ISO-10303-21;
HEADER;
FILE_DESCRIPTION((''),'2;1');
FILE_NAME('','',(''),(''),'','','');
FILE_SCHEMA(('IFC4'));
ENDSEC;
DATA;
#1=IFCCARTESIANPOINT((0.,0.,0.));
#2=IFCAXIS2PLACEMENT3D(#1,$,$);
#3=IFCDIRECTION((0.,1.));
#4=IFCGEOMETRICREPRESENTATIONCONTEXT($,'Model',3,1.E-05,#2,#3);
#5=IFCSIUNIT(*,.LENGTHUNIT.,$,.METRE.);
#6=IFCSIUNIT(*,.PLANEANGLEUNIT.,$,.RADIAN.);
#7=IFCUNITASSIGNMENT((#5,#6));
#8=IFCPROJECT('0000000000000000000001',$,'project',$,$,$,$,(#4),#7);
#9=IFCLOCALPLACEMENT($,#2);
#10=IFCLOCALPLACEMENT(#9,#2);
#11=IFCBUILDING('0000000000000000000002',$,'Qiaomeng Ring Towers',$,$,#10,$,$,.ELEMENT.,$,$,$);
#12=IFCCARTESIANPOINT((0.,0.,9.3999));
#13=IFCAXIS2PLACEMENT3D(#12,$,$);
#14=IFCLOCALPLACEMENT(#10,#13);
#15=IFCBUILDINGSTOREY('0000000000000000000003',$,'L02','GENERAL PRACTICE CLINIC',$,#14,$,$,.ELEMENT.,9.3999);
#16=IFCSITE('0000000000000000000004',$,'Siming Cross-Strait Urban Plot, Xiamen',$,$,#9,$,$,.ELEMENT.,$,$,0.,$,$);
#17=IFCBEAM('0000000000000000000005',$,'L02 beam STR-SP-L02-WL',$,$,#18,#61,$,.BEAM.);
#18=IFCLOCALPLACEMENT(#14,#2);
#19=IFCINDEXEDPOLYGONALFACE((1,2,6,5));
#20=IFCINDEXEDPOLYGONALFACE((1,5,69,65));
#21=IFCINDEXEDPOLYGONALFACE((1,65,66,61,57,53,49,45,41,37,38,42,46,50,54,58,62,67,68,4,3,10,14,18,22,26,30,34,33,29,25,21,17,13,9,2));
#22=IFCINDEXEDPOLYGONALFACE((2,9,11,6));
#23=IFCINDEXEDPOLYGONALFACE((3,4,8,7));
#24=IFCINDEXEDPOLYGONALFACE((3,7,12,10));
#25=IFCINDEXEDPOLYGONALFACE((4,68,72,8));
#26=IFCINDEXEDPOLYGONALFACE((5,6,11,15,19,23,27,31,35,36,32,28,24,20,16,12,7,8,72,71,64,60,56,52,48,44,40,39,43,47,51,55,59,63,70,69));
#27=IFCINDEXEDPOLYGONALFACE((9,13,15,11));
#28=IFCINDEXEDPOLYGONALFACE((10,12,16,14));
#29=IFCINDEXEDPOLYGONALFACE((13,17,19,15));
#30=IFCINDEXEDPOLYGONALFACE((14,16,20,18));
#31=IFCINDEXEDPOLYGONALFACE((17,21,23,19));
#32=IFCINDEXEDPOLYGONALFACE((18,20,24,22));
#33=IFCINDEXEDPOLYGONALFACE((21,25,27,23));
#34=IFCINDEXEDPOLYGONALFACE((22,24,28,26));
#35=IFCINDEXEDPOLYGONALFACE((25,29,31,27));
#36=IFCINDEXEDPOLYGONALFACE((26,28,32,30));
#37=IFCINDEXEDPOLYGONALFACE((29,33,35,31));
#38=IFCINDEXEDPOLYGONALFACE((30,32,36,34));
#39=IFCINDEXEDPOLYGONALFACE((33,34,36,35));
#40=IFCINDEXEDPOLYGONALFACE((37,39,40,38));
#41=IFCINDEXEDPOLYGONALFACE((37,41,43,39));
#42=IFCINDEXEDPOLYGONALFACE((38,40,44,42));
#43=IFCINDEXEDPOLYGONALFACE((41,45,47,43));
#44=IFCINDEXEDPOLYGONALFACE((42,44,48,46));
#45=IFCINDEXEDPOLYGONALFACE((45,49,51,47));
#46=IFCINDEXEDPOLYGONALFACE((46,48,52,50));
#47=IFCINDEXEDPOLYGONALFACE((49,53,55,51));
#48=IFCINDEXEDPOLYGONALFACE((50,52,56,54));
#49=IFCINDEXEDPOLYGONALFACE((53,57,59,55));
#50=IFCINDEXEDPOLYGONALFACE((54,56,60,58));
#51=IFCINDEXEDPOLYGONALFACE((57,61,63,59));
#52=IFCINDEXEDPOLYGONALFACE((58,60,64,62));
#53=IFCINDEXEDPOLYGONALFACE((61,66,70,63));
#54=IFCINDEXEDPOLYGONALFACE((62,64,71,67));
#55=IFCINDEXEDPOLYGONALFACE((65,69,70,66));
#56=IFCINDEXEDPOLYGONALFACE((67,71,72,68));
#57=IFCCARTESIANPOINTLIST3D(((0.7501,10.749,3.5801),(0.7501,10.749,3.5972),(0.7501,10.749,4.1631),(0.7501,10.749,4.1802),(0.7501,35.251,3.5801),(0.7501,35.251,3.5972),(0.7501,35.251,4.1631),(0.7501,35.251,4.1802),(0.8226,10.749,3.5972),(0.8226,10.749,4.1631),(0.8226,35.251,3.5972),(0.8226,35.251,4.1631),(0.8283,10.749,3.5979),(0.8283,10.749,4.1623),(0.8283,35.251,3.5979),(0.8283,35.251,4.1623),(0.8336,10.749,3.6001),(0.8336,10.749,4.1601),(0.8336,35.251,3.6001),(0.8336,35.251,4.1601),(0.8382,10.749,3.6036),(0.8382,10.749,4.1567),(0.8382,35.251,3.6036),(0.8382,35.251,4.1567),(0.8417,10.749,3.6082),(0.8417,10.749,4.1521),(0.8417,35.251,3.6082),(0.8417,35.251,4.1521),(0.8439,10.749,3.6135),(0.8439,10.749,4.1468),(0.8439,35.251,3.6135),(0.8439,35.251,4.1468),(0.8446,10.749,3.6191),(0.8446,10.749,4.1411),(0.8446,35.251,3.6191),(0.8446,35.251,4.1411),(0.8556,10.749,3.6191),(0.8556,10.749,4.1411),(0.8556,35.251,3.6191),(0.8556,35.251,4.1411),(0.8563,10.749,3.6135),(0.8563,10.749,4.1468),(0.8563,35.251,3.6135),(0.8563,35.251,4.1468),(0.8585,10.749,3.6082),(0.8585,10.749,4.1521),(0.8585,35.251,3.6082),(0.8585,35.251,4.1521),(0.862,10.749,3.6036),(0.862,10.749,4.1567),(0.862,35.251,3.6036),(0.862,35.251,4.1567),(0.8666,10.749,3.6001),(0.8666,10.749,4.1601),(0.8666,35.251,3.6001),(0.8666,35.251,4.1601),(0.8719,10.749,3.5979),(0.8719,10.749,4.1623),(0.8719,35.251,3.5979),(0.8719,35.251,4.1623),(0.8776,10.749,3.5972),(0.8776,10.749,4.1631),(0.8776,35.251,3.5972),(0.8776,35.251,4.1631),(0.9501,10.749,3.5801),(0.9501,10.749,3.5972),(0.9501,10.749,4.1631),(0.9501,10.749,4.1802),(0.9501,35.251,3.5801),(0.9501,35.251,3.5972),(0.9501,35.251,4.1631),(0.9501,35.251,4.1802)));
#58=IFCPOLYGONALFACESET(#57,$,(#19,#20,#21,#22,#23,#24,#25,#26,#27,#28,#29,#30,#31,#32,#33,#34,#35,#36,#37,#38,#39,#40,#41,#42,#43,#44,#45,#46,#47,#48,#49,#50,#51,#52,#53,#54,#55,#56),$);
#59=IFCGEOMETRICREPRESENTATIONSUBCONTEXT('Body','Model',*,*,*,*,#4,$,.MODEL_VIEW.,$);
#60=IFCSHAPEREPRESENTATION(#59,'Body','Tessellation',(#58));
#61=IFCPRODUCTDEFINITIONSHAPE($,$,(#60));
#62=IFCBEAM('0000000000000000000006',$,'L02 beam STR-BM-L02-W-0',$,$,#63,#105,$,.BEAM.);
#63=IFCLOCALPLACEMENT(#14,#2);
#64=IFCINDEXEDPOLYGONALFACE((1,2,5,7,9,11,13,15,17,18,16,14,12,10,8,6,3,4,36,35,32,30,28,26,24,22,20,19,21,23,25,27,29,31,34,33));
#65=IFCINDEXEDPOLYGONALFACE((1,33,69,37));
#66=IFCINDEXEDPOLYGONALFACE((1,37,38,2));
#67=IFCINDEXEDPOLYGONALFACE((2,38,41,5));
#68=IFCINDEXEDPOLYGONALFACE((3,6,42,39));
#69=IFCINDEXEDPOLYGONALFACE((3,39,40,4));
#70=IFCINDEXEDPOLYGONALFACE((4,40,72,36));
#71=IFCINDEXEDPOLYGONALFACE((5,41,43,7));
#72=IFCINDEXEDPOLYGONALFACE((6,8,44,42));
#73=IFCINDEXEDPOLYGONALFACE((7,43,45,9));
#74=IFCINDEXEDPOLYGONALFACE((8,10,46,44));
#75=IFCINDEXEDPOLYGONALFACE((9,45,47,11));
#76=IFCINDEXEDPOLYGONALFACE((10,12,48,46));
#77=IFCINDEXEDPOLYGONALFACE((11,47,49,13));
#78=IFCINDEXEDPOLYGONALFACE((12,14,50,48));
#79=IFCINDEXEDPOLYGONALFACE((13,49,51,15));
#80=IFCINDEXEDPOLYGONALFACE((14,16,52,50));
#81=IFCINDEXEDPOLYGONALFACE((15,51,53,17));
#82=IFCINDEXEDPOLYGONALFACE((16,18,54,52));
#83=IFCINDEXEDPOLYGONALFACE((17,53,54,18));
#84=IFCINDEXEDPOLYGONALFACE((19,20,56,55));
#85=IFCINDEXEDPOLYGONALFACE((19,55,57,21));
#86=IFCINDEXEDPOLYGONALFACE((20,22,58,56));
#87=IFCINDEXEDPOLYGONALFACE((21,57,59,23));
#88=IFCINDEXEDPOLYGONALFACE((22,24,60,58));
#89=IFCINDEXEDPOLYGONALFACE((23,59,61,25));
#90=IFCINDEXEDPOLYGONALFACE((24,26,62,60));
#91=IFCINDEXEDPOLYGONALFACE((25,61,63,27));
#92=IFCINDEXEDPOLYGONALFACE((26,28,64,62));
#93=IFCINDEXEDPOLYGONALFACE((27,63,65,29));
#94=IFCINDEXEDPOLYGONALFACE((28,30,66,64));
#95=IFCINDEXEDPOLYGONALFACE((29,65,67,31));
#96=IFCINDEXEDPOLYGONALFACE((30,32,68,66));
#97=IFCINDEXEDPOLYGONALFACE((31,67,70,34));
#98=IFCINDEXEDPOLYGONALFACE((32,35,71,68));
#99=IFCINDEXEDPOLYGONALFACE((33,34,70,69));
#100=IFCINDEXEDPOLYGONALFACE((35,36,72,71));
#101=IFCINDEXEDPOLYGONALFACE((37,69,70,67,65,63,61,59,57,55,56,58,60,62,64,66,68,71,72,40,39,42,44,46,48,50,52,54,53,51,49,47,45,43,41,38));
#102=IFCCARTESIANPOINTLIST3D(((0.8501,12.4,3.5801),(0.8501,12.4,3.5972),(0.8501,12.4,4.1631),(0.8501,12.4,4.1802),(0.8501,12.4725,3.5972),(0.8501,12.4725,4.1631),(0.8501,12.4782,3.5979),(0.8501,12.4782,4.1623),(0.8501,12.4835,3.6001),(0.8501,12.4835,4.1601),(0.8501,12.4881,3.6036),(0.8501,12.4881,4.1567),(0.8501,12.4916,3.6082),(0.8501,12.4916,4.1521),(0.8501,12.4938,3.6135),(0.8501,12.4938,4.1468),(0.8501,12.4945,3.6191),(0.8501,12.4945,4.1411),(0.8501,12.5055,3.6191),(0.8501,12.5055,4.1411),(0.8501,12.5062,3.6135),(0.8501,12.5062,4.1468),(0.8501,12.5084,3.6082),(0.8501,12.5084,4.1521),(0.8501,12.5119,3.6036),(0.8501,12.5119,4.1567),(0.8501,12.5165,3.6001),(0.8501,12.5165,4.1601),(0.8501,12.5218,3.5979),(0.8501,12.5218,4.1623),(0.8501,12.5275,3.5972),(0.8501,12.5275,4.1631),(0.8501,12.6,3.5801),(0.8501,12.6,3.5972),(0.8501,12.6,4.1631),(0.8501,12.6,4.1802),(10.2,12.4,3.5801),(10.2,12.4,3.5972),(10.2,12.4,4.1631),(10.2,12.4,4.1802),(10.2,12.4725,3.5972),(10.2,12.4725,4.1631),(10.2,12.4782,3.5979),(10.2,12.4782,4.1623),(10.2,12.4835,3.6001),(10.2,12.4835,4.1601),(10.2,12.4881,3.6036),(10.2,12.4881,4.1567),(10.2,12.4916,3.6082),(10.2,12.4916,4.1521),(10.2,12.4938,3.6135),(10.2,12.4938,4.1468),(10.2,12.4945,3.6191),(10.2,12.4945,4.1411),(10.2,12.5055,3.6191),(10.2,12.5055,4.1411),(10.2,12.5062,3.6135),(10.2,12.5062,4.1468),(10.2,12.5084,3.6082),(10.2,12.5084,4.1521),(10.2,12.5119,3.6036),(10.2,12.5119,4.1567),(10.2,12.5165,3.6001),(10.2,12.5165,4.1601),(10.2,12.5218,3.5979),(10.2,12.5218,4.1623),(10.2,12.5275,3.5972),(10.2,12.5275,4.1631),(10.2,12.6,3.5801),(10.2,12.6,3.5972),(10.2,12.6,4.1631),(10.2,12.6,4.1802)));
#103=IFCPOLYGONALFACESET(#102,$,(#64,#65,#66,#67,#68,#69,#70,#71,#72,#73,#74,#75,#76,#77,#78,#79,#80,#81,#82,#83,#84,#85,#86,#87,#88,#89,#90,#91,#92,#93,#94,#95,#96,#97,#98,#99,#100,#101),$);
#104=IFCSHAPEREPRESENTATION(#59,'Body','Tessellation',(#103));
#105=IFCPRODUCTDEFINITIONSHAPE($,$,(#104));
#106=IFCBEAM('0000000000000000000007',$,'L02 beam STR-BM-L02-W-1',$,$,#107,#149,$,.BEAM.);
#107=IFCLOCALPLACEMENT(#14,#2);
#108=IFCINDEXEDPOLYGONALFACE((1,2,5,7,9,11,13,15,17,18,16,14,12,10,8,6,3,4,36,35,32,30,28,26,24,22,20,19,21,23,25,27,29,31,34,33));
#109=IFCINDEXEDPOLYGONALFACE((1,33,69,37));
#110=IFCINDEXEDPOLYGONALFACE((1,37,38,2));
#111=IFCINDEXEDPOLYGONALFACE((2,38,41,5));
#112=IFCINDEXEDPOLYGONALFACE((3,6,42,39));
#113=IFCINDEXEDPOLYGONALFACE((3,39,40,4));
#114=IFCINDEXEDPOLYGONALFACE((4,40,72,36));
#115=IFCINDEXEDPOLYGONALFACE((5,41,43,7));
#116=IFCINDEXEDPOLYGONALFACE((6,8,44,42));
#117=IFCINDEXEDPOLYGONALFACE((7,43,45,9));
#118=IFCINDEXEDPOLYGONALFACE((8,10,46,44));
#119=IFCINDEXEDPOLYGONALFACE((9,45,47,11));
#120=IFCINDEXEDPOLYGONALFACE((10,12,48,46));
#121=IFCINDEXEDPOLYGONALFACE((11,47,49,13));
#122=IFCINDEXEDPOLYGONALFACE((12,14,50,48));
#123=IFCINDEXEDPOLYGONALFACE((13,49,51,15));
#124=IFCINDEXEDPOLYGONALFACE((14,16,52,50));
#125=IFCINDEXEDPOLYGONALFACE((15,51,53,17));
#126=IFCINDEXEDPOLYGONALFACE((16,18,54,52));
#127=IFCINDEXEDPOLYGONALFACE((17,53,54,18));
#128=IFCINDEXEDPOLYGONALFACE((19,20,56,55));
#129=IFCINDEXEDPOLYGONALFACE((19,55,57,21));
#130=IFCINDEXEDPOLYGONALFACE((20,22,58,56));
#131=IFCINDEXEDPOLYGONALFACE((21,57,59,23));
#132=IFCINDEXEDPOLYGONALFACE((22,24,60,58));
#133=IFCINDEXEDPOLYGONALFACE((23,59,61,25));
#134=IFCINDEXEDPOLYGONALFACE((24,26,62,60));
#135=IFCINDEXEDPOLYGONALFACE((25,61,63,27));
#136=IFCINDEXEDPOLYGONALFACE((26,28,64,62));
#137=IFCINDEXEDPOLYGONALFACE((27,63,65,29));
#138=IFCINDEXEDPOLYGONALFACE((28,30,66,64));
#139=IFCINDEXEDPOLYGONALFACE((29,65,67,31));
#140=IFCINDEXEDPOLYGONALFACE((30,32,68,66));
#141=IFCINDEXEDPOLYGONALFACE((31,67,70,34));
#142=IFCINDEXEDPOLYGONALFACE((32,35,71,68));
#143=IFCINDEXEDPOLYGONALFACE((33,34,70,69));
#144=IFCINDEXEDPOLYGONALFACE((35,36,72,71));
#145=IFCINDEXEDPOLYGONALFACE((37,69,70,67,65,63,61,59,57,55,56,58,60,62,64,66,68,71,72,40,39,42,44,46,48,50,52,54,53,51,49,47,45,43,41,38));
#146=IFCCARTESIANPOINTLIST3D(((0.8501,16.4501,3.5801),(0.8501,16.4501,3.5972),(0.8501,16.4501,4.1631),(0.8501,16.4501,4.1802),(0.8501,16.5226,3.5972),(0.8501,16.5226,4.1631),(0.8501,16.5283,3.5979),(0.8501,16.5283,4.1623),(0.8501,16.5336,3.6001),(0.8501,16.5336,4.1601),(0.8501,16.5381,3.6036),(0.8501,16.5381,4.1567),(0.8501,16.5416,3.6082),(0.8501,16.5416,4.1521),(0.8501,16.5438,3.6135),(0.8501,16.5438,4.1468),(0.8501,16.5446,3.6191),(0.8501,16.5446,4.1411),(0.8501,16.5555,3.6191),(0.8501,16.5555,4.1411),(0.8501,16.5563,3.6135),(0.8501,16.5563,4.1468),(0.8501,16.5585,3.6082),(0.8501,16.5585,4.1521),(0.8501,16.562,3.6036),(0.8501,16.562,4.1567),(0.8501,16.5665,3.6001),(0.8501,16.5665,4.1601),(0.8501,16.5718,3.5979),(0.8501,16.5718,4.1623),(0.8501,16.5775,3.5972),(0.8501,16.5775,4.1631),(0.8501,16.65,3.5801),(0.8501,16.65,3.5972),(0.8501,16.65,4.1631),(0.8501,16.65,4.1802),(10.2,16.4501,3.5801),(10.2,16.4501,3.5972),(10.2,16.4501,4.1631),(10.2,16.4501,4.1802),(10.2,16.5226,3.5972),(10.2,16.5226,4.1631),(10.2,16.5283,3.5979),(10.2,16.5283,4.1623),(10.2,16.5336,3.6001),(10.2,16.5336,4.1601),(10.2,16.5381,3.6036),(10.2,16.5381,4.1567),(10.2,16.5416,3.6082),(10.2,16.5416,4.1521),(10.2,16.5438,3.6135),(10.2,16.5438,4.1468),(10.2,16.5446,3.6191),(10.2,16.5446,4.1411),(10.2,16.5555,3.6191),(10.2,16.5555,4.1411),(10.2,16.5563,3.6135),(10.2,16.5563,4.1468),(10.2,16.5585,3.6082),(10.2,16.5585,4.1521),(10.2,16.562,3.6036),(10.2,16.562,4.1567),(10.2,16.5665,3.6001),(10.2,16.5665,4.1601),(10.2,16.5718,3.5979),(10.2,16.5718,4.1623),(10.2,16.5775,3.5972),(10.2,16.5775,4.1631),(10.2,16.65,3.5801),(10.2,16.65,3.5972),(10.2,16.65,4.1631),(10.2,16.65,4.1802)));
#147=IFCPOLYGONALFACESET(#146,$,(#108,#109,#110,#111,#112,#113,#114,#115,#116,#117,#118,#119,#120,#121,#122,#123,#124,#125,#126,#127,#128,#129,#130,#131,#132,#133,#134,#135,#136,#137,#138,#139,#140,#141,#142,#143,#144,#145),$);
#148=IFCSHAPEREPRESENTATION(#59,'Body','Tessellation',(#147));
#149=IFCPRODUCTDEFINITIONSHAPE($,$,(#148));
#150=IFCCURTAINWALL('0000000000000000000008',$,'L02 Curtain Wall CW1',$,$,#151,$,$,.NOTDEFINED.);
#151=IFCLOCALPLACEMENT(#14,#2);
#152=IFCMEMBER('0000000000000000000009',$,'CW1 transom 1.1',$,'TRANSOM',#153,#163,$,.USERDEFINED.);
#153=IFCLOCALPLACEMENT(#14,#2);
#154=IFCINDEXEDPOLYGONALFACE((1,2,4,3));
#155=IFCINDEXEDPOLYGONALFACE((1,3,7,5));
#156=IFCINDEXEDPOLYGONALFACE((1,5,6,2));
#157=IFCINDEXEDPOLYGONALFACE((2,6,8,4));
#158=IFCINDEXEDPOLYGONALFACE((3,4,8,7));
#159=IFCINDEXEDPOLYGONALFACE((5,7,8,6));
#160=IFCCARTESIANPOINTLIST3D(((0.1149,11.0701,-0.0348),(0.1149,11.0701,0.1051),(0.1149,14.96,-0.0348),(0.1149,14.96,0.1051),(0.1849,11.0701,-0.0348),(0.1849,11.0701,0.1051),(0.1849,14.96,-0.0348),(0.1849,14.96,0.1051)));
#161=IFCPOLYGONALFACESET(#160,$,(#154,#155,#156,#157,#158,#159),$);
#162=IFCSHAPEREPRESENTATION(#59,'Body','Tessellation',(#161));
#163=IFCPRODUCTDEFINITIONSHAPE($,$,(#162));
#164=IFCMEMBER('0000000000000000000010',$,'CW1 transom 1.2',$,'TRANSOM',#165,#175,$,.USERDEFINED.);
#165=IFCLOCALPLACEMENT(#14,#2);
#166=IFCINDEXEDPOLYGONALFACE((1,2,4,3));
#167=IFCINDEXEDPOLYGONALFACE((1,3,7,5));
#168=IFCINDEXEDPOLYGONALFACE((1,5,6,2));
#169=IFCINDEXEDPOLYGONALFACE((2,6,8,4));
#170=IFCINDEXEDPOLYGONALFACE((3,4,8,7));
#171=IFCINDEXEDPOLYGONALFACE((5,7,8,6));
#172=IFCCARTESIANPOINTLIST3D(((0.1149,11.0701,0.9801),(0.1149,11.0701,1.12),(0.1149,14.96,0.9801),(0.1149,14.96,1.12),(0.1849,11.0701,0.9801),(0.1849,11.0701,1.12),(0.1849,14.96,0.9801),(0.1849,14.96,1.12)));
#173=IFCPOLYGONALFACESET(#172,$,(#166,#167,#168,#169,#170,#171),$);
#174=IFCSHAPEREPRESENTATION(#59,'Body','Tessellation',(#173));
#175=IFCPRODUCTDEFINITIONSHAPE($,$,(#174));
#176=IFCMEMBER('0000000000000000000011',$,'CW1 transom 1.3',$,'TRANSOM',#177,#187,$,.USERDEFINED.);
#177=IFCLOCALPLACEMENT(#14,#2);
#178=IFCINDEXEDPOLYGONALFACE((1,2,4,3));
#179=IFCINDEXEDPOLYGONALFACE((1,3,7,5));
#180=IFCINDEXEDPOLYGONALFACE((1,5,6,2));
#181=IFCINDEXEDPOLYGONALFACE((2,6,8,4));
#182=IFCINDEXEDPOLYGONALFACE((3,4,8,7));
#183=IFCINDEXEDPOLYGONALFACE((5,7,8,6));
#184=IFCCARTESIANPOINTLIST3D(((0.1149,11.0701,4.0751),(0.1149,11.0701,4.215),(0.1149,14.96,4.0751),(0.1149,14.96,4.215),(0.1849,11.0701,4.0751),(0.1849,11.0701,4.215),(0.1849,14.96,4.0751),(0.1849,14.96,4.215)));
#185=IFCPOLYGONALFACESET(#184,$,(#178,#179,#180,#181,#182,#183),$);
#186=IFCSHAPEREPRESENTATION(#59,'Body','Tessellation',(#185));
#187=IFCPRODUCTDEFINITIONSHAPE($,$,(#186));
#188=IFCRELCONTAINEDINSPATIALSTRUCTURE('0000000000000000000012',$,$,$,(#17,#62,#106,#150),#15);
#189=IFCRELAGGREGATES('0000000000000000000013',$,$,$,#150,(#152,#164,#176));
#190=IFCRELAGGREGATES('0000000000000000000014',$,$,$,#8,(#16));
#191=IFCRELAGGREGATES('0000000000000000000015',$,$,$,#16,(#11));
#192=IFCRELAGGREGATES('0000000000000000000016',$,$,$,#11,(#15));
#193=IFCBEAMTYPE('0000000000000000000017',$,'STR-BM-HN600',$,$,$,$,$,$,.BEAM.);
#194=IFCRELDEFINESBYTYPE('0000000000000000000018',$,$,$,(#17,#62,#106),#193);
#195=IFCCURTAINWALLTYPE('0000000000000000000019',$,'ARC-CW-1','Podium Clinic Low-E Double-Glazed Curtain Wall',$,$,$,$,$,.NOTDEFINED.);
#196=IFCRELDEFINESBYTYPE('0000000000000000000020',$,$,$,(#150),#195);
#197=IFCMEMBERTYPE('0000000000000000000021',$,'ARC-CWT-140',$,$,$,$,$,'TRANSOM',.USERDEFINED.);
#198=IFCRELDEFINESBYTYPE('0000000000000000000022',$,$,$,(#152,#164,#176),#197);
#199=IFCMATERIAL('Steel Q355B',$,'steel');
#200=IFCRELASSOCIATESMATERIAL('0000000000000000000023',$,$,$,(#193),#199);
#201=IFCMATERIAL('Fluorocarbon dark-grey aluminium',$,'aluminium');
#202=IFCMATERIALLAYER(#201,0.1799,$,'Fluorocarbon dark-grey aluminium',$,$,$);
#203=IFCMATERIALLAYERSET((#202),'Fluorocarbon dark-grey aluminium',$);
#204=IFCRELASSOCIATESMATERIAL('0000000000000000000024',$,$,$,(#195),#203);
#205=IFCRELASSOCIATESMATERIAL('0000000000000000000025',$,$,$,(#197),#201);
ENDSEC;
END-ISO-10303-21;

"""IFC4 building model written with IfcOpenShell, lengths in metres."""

from ifc_helpers import new_model, si_unit, direction, frame, origin, origin_2d, place, context, subcontext, project, spatial, rectangle, i_section, extrude, source, transform, mapped, material, layer, layer_set, material_profile, profile_set, type_object, element, aggregate, save


model = new_model("IFC4")

# Units and contexts
model_context = context("Model", 3, precision=1e-05, world=origin(), true_north=direction((0.0, 1.0)))
body_context = subcontext(model_context, "Body", "Model", "MODEL_VIEW")
ifc_project = project(units=[si_unit("LENGTHUNIT", "METRE"), si_unit("PLANEANGLEUNIT", "RADIAN")], contexts=[model_context])

# Site, building, storey
site_placement = place(None, origin())
site = spatial("IfcSite", under=ifc_project, at=site_placement, Name="Siming Cross-Strait Urban Plot, Xiamen", CompositionType="ELEMENT", RefElevation=0.0)
building_placement = place(site_placement, origin())
building = spatial("IfcBuilding", under=site, at=building_placement, Name="Qiaomeng Ring Towers", CompositionType="ELEMENT")
storey_placement = place(building_placement, frame((0.0, 0.0, 9.3999)))
storey = spatial("IfcBuildingStorey", under=building, at=storey_placement, Name="L02", Description="GENERAL PRACTICE CLINIC", CompositionType="ELEMENT", Elevation=9.3999)

# Beams
ifc_material_1 = material(Name="Steel Q355B", Category="steel")
ifc_material_profile_1 = material_profile(ifc_material_1, i_section(OverallWidth=0.2, OverallDepth=0.6001, WebThickness=0.011, FlangeThickness=0.0171, FilletRadius=0.022, at=origin_2d()), Name="HN 600x200x11x17")
ifc_profile_set_1 = profile_set([ifc_material_profile_1], Name="Steel Q355B")
beam_type = type_object("IfcBeamType", Name="STR-BM-HN600", PredefinedType="BEAM", material=ifc_profile_set_1)
shared_shape_1 = source(origin(), body_context, "Body", "SweptSolid", [
    extrude(i_section(OverallWidth=0.2, OverallDepth=0.6001, WebThickness=0.011, FlangeThickness=0.0171, FilletRadius=0.022, at=origin_2d()), origin(), (0.0, 0.0, 1.0), 24.502),
])
beam_placement = place(storey_placement, frame((0.8501, 10.749, 3.8801), z_axis=(0.0, 1.0, 0.0), x_axis=(-1.0, 0.0, 0.0)))
element("IfcBeam", 1, at=beam_placement, inside=storey, type_object=beam_type, Name="L02 beam STR-SP-L02-WL", PredefinedType="BEAM", context=body_context, shape_type="MappedRepresentation", body=[
    mapped(shared_shape_1, transform((0.0, 0.0, 0.0), x_axis=(1.0, 0.0, 0.0), y_axis=(0.0, 1.0, 0.0), z_axis=(0.0, 0.0, 1.0), scale=1.0)),
])
shared_shape_2 = source(origin(), body_context, "Body", "SweptSolid", [
    extrude(i_section(OverallWidth=0.2, OverallDepth=0.6001, WebThickness=0.011, FlangeThickness=0.0171, FilletRadius=0.022, at=origin_2d()), origin(), (0.0, 0.0, 1.0), 9.3499),
])
for number, where, z_axis, x_axis, name in (
    (2, (0.8501, 12.5, 3.8801), (1.0, 0.0, 0.0), (0.0, 1.0, 0.0), "L02 beam STR-BM-L02-W-0"),
    (3, (0.8501, 16.55, 3.8801), (1.0, 0.0, 0.0), (0.0, 1.0, 0.0), "L02 beam STR-BM-L02-W-1"),
):
    element("IfcBeam", number, at=place(storey_placement, frame(where, z_axis=z_axis, x_axis=x_axis)), inside=storey, type_object=beam_type, Name=name, PredefinedType="BEAM", context=body_context, shape_type="MappedRepresentation", body=[
        mapped(shared_shape_2, transform((0.0, 0.0, 0.0), x_axis=(1.0, 0.0, 0.0), y_axis=(0.0, 1.0, 0.0), z_axis=(0.0, 0.0, 1.0), scale=1.0)),
    ])

# Curtain wall, members
ifc_material_2 = material(Name="Fluorocarbon dark-grey aluminium", Category="aluminium")
ifc_layer_1 = layer(ifc_material_2, 0.1799, Name="Fluorocarbon dark-grey aluminium")
ifc_layer_set_1 = layer_set([ifc_layer_1], Name="Fluorocarbon dark-grey aluminium")
curtain_wall_type = type_object("IfcCurtainWallType", Name="ARC-CW-1", Description="Podium Clinic Low-E Double-Glazed Curtain Wall", PredefinedType="NOTDEFINED", material=ifc_layer_set_1)
curtain_wall_placement = place(storey_placement, origin())
curtain_wall = element("IfcCurtainWall", 4, at=curtain_wall_placement, inside=storey, type_object=curtain_wall_type, Name="L02 Curtain Wall CW1", PredefinedType="NOTDEFINED")
ifc_material_profile_2 = material_profile(ifc_material_2, rectangle(XDim=0.0701, YDim=0.1399, at=origin_2d()), Name="ALU TRAN 70x140")
ifc_profile_set_2 = profile_set([ifc_material_profile_2], Name="Fluorocarbon dark-grey aluminium")
member_type_1 = type_object("IfcMemberType", Name="ARC-CWT-140", ElementType="TRANSOM", PredefinedType="USERDEFINED", material=ifc_profile_set_2)
shared_shape_3 = source(origin(), body_context, "Body", "SweptSolid", [
    extrude(rectangle(XDim=0.0701, YDim=0.1399, at=origin_2d()), origin(), (0.0, 0.0, 1.0), 3.8899),
])
member_1_placement = place(storey_placement, frame((0.1499, 11.0701, 0.0352), z_axis=(0.0, 1.0, 0.0), x_axis=(-1.0, 0.0, 0.0)))
member_1 = element("IfcMember", 5, at=member_1_placement, type_object=member_type_1, Name="CW1 transom 1.1", ObjectType="TRANSOM", PredefinedType="USERDEFINED", context=body_context, shape_type="MappedRepresentation", body=[
    mapped(shared_shape_3, transform((0.0, 0.0, 0.0), x_axis=(1.0, 0.0, 0.0), y_axis=(0.0, 1.0, 0.0), z_axis=(0.0, 0.0, 1.0), scale=1.0)),
])
member_2_placement = place(storey_placement, frame((0.1499, 11.0701, 1.05), z_axis=(0.0, 1.0, 0.0), x_axis=(-1.0, 0.0, 0.0)))
member_2 = element("IfcMember", 6, at=member_2_placement, type_object=member_type_1, Name="CW1 transom 1.2", ObjectType="TRANSOM", PredefinedType="USERDEFINED", context=body_context, shape_type="MappedRepresentation", body=[
    mapped(shared_shape_3, transform((0.0, 0.0, 0.0), x_axis=(1.0, 0.0, 0.0), y_axis=(0.0, 1.0, 0.0), z_axis=(0.0, 0.0, 1.0), scale=1.0)),
])
member_3_placement = place(storey_placement, frame((0.1499, 11.0701, 4.145), z_axis=(0.0, 1.0, 0.0), x_axis=(-1.0, 0.0, 0.0)))
member_3 = element("IfcMember", 7, at=member_3_placement, type_object=member_type_1, Name="CW1 transom 1.3", ObjectType="TRANSOM", PredefinedType="USERDEFINED", context=body_context, shape_type="MappedRepresentation", body=[
    mapped(shared_shape_3, transform((0.0, 0.0, 0.0), x_axis=(1.0, 0.0, 0.0), y_axis=(0.0, 1.0, 0.0), z_axis=(0.0, 0.0, 1.0), scale=1.0)),
])
aggregate(curtain_wall, [member_1, member_2, member_3])

save(model, "model.ifc")
